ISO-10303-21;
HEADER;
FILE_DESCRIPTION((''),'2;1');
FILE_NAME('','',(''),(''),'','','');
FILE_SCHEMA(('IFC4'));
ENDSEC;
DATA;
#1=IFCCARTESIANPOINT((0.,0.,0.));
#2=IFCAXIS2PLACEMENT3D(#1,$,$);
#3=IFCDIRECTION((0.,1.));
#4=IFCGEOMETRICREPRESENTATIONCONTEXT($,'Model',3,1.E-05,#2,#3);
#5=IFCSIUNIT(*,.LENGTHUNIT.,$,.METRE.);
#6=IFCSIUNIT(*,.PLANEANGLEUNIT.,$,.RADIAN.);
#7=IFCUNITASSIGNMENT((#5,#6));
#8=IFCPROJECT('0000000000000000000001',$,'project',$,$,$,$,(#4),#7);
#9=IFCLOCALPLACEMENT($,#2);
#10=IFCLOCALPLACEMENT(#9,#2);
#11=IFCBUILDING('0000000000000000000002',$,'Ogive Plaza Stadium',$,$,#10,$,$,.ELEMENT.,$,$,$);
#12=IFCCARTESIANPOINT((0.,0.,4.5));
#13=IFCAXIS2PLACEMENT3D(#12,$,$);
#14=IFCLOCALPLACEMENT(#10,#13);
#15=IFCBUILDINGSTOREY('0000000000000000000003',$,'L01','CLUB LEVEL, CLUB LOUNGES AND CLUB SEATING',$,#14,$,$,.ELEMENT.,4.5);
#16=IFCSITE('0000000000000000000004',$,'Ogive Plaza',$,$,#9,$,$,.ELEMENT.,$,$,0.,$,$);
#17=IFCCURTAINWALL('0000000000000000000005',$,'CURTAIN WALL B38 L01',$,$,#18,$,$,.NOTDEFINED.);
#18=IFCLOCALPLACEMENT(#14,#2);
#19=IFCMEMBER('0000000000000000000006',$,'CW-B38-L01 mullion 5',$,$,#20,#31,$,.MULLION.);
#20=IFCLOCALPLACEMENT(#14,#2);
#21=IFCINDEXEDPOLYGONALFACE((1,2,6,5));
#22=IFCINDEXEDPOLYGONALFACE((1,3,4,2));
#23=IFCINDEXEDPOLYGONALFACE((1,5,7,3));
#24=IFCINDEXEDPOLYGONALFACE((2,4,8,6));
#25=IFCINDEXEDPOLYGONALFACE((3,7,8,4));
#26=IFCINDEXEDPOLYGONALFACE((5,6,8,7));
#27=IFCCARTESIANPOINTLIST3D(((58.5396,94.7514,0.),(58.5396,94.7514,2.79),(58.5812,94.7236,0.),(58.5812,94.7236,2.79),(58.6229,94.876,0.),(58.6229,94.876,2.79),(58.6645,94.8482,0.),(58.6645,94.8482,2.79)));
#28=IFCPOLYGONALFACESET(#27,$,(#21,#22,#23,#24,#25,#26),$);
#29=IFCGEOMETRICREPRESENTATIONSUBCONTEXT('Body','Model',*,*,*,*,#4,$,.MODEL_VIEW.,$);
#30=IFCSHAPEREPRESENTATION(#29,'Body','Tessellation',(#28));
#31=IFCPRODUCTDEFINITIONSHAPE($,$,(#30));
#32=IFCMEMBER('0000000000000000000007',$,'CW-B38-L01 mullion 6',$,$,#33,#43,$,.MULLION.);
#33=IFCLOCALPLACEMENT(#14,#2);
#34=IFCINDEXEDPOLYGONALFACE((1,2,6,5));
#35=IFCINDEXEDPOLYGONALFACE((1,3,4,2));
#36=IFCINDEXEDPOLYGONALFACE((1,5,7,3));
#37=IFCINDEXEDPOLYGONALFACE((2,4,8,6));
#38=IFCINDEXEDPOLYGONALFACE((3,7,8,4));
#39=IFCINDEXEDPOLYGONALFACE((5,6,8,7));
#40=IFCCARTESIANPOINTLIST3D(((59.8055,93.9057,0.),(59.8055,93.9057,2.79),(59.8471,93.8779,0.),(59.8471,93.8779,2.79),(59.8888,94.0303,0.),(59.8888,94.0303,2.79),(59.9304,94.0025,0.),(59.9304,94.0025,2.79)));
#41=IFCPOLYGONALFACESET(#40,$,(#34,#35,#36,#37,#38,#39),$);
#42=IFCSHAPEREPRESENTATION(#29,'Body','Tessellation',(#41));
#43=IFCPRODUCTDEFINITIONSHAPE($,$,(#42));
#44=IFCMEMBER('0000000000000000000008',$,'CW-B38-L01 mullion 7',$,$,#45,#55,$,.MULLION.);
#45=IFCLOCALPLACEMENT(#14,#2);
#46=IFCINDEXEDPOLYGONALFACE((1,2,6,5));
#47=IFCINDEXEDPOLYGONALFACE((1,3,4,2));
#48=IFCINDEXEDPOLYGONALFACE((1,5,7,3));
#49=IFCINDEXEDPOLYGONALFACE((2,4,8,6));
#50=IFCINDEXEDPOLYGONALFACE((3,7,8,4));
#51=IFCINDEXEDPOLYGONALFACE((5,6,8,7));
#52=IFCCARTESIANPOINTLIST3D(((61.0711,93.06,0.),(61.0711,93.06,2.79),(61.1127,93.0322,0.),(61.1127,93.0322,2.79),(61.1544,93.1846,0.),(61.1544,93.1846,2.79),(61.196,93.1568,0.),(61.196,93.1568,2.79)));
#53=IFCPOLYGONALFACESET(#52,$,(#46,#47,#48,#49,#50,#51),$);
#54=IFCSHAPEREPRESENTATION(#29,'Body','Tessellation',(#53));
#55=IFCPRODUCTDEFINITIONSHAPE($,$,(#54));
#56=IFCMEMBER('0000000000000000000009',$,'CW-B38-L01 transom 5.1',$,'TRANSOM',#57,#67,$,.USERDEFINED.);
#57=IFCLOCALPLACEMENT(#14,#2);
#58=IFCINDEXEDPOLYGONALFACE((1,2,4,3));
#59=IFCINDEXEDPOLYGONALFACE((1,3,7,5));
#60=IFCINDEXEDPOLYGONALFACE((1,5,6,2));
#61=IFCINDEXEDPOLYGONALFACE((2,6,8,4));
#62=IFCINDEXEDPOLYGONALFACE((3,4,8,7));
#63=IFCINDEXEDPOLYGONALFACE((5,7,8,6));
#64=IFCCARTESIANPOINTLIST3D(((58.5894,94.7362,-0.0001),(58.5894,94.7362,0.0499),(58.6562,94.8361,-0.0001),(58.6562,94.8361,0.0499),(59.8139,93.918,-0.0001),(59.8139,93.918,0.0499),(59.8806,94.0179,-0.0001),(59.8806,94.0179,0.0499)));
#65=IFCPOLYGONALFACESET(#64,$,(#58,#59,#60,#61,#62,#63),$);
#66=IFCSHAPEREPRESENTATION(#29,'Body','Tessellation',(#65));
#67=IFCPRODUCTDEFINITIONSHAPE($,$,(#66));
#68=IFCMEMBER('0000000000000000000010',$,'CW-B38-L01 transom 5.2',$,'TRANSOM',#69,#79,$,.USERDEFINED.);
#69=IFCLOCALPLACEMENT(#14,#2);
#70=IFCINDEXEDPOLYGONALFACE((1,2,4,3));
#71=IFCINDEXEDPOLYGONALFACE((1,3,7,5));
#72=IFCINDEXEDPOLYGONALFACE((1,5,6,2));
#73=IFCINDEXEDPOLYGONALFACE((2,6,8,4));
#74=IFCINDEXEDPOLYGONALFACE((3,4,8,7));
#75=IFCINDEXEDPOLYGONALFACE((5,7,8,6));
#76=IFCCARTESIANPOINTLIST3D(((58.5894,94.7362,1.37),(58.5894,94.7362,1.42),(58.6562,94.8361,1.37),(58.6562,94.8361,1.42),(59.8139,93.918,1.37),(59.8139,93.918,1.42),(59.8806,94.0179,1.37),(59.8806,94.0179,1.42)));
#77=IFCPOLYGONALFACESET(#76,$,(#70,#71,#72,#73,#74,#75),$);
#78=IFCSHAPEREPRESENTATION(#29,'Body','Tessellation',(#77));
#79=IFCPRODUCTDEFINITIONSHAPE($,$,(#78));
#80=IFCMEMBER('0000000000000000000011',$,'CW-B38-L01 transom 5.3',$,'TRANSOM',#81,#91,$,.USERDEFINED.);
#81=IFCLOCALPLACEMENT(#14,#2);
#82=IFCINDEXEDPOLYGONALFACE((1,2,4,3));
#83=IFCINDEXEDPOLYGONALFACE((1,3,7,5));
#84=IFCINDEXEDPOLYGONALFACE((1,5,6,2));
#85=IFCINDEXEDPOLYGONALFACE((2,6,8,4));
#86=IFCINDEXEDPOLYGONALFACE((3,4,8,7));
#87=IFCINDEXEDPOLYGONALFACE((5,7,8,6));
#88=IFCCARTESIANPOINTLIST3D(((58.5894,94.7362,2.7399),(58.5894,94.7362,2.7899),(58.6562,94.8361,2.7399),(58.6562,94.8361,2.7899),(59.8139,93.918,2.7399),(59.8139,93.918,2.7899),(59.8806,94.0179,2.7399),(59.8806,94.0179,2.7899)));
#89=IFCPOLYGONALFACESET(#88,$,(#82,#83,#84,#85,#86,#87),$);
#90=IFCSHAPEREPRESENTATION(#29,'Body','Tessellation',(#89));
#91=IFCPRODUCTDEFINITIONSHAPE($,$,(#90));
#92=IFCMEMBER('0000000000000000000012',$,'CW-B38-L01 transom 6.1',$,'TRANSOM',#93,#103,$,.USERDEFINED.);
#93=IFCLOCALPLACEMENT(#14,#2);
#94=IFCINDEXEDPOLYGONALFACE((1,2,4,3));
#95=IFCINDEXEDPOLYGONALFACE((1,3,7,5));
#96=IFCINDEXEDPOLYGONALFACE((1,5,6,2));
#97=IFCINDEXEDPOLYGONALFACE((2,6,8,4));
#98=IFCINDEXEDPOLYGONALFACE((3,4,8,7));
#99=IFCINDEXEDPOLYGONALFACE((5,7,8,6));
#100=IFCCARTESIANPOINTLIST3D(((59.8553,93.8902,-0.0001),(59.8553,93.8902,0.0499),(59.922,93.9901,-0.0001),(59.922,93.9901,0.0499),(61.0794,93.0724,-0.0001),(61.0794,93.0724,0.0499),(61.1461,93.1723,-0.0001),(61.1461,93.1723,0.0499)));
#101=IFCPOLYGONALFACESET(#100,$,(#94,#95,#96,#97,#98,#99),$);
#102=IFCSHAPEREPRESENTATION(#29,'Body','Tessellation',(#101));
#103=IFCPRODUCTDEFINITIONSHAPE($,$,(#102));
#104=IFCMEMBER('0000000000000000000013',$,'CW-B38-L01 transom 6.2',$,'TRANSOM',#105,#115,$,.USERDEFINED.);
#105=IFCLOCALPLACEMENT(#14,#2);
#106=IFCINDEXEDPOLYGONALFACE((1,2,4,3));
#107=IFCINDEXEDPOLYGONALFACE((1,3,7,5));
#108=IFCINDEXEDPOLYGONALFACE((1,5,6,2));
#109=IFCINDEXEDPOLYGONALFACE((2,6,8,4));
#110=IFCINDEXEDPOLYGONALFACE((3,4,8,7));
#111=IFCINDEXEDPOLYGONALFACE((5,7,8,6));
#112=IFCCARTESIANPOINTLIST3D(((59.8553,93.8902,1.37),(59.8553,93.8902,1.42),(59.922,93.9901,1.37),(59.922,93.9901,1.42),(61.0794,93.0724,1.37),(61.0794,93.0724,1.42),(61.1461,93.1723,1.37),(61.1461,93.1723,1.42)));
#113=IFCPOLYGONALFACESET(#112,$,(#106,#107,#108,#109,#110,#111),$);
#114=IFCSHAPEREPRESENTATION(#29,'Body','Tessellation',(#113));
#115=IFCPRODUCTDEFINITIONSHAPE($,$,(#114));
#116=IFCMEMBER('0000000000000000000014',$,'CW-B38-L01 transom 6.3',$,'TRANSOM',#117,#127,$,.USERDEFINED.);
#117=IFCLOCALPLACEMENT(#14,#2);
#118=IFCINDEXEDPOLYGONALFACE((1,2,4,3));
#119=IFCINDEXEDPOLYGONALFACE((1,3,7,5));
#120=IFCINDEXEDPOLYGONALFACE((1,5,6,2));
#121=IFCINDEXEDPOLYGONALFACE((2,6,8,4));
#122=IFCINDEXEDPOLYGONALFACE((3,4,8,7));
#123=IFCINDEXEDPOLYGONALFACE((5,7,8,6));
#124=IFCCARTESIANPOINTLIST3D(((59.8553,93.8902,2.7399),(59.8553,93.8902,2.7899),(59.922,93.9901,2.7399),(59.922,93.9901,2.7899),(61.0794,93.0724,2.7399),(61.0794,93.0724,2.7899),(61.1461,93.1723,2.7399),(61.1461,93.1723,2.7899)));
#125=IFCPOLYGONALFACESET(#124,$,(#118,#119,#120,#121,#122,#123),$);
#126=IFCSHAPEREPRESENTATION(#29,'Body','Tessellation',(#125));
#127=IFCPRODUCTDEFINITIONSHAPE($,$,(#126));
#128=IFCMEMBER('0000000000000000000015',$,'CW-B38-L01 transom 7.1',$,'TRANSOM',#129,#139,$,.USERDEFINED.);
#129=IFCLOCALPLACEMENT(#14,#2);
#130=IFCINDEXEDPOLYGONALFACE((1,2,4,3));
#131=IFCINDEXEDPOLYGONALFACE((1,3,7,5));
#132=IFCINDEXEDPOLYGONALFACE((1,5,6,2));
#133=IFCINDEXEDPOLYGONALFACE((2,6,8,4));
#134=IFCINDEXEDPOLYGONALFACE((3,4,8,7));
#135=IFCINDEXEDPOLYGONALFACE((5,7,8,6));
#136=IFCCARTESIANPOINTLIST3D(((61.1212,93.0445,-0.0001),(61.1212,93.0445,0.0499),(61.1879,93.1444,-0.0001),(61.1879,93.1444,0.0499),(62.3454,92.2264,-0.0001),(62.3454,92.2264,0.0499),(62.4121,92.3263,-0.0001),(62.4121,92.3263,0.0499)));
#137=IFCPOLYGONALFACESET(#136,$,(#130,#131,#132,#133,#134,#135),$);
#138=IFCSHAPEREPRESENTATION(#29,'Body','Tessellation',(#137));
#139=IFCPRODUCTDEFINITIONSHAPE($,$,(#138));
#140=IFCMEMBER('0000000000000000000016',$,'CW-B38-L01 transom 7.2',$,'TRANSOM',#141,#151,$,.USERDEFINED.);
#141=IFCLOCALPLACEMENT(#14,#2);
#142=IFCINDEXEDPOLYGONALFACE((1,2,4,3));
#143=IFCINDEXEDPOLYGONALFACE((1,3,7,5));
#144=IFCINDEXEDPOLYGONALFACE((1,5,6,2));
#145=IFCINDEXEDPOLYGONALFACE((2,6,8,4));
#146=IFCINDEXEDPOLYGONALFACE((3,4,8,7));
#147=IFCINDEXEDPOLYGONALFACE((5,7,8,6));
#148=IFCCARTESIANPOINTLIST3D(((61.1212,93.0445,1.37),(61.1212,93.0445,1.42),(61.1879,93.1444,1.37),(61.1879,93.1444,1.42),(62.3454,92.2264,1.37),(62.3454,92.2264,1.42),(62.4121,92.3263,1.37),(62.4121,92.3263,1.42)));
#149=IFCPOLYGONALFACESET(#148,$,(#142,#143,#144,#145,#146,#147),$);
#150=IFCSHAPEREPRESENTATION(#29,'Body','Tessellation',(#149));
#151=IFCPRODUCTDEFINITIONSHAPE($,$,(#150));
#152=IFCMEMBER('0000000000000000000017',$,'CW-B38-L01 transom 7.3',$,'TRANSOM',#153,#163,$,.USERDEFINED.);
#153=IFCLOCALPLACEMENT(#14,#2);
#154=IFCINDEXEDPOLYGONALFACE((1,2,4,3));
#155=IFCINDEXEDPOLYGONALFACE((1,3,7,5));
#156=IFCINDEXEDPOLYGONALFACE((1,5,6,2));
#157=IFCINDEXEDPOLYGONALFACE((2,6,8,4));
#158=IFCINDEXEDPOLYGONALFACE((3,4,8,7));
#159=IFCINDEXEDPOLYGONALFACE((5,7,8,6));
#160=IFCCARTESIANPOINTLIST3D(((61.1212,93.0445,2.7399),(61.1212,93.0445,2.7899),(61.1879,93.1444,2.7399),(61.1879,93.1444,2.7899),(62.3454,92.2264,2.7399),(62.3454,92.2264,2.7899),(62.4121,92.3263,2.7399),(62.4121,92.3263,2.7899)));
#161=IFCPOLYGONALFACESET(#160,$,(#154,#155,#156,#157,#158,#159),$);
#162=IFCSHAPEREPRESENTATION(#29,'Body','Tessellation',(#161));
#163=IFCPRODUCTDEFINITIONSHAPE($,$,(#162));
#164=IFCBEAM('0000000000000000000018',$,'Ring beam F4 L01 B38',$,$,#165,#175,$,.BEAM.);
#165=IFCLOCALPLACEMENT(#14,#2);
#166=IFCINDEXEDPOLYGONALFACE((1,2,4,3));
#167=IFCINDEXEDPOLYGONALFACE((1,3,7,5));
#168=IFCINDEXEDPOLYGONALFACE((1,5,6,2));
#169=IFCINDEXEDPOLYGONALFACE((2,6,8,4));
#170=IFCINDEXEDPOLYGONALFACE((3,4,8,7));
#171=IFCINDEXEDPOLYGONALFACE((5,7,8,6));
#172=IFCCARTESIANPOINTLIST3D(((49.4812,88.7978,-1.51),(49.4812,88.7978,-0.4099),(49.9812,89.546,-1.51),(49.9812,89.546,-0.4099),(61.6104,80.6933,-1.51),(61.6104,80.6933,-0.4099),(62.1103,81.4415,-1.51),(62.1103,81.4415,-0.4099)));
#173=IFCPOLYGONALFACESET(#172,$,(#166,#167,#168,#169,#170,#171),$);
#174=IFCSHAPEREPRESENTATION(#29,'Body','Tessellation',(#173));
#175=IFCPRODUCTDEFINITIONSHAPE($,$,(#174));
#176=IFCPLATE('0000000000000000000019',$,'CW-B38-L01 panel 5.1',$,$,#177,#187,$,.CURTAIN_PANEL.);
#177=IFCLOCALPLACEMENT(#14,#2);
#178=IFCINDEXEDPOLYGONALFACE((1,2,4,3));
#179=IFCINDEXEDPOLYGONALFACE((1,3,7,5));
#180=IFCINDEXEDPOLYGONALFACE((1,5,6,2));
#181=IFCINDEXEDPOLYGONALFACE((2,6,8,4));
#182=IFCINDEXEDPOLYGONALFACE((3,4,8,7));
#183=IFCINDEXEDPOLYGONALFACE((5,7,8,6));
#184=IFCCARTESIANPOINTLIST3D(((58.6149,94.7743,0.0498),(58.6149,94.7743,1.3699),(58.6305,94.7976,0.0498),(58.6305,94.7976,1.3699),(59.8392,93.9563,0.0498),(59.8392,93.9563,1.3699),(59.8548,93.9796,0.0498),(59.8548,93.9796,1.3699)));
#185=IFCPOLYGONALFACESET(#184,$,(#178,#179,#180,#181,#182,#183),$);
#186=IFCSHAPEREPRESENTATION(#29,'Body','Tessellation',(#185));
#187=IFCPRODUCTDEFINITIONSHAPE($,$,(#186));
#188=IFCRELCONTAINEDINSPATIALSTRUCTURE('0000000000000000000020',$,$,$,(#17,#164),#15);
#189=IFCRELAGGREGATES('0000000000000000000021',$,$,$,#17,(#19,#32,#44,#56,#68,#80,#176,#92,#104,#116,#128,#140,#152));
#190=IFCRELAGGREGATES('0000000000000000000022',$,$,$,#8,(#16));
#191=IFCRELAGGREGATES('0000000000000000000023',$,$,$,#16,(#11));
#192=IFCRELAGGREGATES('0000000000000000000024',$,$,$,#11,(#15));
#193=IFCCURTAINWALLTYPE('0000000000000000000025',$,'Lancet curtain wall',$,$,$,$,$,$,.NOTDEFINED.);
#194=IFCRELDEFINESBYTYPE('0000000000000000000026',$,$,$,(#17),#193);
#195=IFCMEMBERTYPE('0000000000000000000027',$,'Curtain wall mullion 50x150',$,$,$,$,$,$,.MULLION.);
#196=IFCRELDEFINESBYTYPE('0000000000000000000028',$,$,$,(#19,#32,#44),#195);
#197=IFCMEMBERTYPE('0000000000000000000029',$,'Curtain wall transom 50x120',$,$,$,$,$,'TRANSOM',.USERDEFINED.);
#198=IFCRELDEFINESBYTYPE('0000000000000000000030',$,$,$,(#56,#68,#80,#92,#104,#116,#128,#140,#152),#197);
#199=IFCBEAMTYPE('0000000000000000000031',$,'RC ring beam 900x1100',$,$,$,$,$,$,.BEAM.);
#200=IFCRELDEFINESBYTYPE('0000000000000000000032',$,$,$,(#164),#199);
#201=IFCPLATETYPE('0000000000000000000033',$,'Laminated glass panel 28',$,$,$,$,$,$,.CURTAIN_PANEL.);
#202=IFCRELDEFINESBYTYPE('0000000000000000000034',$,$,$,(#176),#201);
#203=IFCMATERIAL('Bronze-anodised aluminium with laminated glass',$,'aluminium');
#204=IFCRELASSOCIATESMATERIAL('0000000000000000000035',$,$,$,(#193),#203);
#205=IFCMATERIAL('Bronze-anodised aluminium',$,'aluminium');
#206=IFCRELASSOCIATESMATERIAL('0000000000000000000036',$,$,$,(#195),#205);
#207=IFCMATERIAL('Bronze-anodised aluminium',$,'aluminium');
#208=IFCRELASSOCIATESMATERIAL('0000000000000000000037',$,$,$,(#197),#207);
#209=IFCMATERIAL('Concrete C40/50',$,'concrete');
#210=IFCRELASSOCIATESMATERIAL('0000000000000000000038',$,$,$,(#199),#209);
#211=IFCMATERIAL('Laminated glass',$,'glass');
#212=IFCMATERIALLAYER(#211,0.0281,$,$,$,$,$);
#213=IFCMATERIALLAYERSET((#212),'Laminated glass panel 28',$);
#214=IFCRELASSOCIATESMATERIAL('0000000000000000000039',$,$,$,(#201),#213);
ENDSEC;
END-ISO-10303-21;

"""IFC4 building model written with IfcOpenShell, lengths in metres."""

from ifc_helpers import new_model, si_unit, direction, frame, origin, origin_2d, place, context, subcontext, project, spatial, rectangle, extrude, material, layer, layer_set, material_profile, profile_set, type_object, element, aggregate, save


model = new_model("IFC4")

# Units and contexts
model_context = context("Model", 3, precision=1e-05, world=origin(), true_north=direction((0.0, 1.0)))
body_context = subcontext(model_context, "Body", "Model", "MODEL_VIEW")
ifc_project = project(units=[si_unit("LENGTHUNIT", "METRE"), si_unit("PLANEANGLEUNIT", "RADIAN")], contexts=[model_context])

# Site, building, storey
site_placement = place(None, origin())
site = spatial("IfcSite", under=ifc_project, at=site_placement, Name="Ogive Plaza", CompositionType="ELEMENT", RefElevation=0.0)
building_placement = place(site_placement, origin())
building = spatial("IfcBuilding", under=site, at=building_placement, Name="Ogive Plaza Stadium", CompositionType="ELEMENT")
storey_placement = place(building_placement, frame((0.0, 0.0, 4.5)))
storey = spatial("IfcBuildingStorey", under=building, at=storey_placement, Name="L01", Description="CLUB LEVEL, CLUB LOUNGES AND CLUB SEATING", CompositionType="ELEMENT", Elevation=4.5)

# Curtain wall, members
ifc_material_1 = material(Name="Bronze-anodised aluminium with laminated glass", Category="aluminium")
curtain_wall_type = type_object("IfcCurtainWallType", Name="Lancet curtain wall", PredefinedType="NOTDEFINED", material=ifc_material_1)
curtain_wall_placement = place(storey_placement, origin())
curtain_wall = element("IfcCurtainWall", 1, at=curtain_wall_placement, inside=storey, type_object=curtain_wall_type, Name="CURTAIN WALL B38 L01", PredefinedType="NOTDEFINED")
ifc_material_2 = material(Name="Bronze-anodised aluminium", Category="aluminium")
ifc_material_profile_1 = material_profile(ifc_material_2, rectangle(XDim=0.1499, YDim=0.05, at=origin_2d()), Name="AL 150x50")
ifc_profile_set_1 = profile_set([ifc_material_profile_1], Name="Bronze-anodised aluminium")
member_type_1 = type_object("IfcMemberType", Name="Curtain wall mullion 50x150", PredefinedType="MULLION", material=ifc_profile_set_1)
member_1_placement = place(storey_placement, frame((58.6021, 94.7998, 0.0), z_axis=(0.0, 0.0, 1.0), x_axis=(0.55557, 0.83147, 0.0)))
member_1 = element("IfcMember", 2, at=member_1_placement, type_object=member_type_1, Name="CW-B38-L01 mullion 5", PredefinedType="MULLION", context=body_context, shape_type="SweptSolid", body=[
    extrude(rectangle(XDim=0.1499, YDim=0.05, at=origin_2d()), origin(), (0.0, 0.0, 1.0), 2.79),
])
member_2_placement = place(storey_placement, frame((59.8679, 93.9541, 0.0), z_axis=(0.0, 0.0, 1.0), x_axis=(0.55557, 0.83147, 0.0)))
member_2 = element("IfcMember", 3, at=member_2_placement, type_object=member_type_1, Name="CW-B38-L01 mullion 6", PredefinedType="MULLION", context=body_context, shape_type="SweptSolid", body=[
    extrude(rectangle(XDim=0.1499, YDim=0.05, at=origin_2d()), origin(), (0.0, 0.0, 1.0), 2.79),
])
member_3_placement = place(storey_placement, frame((61.1335, 93.1084, 0.0), z_axis=(0.0, 0.0, 1.0), x_axis=(0.55557, 0.83147, 0.0)))
member_3 = element("IfcMember", 4, at=member_3_placement, type_object=member_type_1, Name="CW-B38-L01 mullion 7", PredefinedType="MULLION", context=body_context, shape_type="SweptSolid", body=[
    extrude(rectangle(XDim=0.1499, YDim=0.05, at=origin_2d()), origin(), (0.0, 0.0, 1.0), 2.79),
])
ifc_material_3 = material(Name="Bronze-anodised aluminium", Category="aluminium")
ifc_material_profile_2 = material_profile(ifc_material_3, rectangle(XDim=0.1201, YDim=0.05, at=origin_2d()), Name="AL 120x50")
ifc_profile_set_2 = profile_set([ifc_material_profile_2], Name="Bronze-anodised aluminium")
member_type_2 = type_object("IfcMemberType", Name="Curtain wall transom 50x120", ElementType="TRANSOM", PredefinedType="USERDEFINED", material=ifc_profile_set_2)
member_4_placement = place(storey_placement, frame((58.6228, 94.7861, 0.0249), z_axis=(0.831463, -0.55558, 0.0), x_axis=(0.55558, 0.831463, 0.0)))
member_4 = element("IfcMember", 5, at=member_4_placement, type_object=member_type_2, Name="CW-B38-L01 transom 5.1", ObjectType="TRANSOM", PredefinedType="USERDEFINED", context=body_context, shape_type="SweptSolid", body=[
    extrude(rectangle(XDim=0.1201, YDim=0.05, at=origin_2d()), origin(), (0.0, 0.0, 1.0), 1.4727),
])
member_5_placement = place(storey_placement, frame((58.6228, 94.7861, 1.395), z_axis=(0.831463, -0.55558, 0.0), x_axis=(0.55558, 0.831463, 0.0)))
member_5 = element("IfcMember", 6, at=member_5_placement, type_object=member_type_2, Name="CW-B38-L01 transom 5.2", ObjectType="TRANSOM", PredefinedType="USERDEFINED", context=body_context, shape_type="SweptSolid", body=[
    extrude(rectangle(XDim=0.1201, YDim=0.05, at=origin_2d()), origin(), (0.0, 0.0, 1.0), 1.4727),
])
member_6_placement = place(storey_placement, frame((58.6228, 94.7861, 2.7649), z_axis=(0.831463, -0.55558, 0.0), x_axis=(0.55558, 0.831463, 0.0)))
member_6 = element("IfcMember", 7, at=member_6_placement, type_object=member_type_2, Name="CW-B38-L01 transom 5.3", ObjectType="TRANSOM", PredefinedType="USERDEFINED", context=body_context, shape_type="SweptSolid", body=[
    extrude(rectangle(XDim=0.1201, YDim=0.05, at=origin_2d()), origin(), (0.0, 0.0, 1.0), 1.4727),
])
member_7_placement = place(storey_placement, frame((59.8887, 93.9402, 0.0249), z_axis=(0.831489, -0.555542, 0.0), x_axis=(0.555542, 0.831489, 0.0)))
member_7 = element("IfcMember", 8, at=member_7_placement, type_object=member_type_2, Name="CW-B38-L01 transom 6.1", ObjectType="TRANSOM", PredefinedType="USERDEFINED", context=body_context, shape_type="SweptSolid", body=[
    extrude(rectangle(XDim=0.1201, YDim=0.05, at=origin_2d()), origin(), (0.0, 0.0, 1.0), 1.4722),
])
member_8_placement = place(storey_placement, frame((59.8887, 93.9402, 1.395), z_axis=(0.831489, -0.555542, 0.0), x_axis=(0.555542, 0.831489, 0.0)))
member_8 = element("IfcMember", 9, at=member_8_placement, type_object=member_type_2, Name="CW-B38-L01 transom 6.2", ObjectType="TRANSOM", PredefinedType="USERDEFINED", context=body_context, shape_type="SweptSolid", body=[
    extrude(rectangle(XDim=0.1201, YDim=0.05, at=origin_2d()), origin(), (0.0, 0.0, 1.0), 1.4722),
])
member_9_placement = place(storey_placement, frame((59.8887, 93.9402, 2.7649), z_axis=(0.831489, -0.555542, 0.0), x_axis=(0.555542, 0.831489, 0.0)))
member_9 = element("IfcMember", 10, at=member_9_placement, type_object=member_type_2, Name="CW-B38-L01 transom 6.3", ObjectType="TRANSOM", PredefinedType="USERDEFINED", context=body_context, shape_type="SweptSolid", body=[
    extrude(rectangle(XDim=0.1201, YDim=0.05, at=origin_2d()), origin(), (0.0, 0.0, 1.0), 1.4722),
])
member_10_placement = place(storey_placement, frame((61.1545, 93.0945, 0.0249), z_axis=(0.831412, -0.555656, 0.0), x_axis=(0.555656, 0.831412, 0.0)))
member_10 = element("IfcMember", 11, at=member_10_placement, type_object=member_type_2, Name="CW-B38-L01 transom 7.1", ObjectType="TRANSOM", PredefinedType="USERDEFINED", context=body_context, shape_type="SweptSolid", body=[
    extrude(rectangle(XDim=0.1201, YDim=0.05, at=origin_2d()), origin(), (0.0, 0.0, 1.0), 1.4724),
])
member_11_placement = place(storey_placement, frame((61.1545, 93.0945, 1.395), z_axis=(0.831412, -0.555656, 0.0), x_axis=(0.555656, 0.831412, 0.0)))
member_11 = element("IfcMember", 12, at=member_11_placement, type_object=member_type_2, Name="CW-B38-L01 transom 7.2", ObjectType="TRANSOM", PredefinedType="USERDEFINED", context=body_context, shape_type="SweptSolid", body=[
    extrude(rectangle(XDim=0.1201, YDim=0.05, at=origin_2d()), origin(), (0.0, 0.0, 1.0), 1.4724),
])
member_12_placement = place(storey_placement, frame((61.1545, 93.0945, 2.7649), z_axis=(0.831412, -0.555656, 0.0), x_axis=(0.555656, 0.831412, 0.0)))
member_12 = element("IfcMember", 13, at=member_12_placement, type_object=member_type_2, Name="CW-B38-L01 transom 7.3", ObjectType="TRANSOM", PredefinedType="USERDEFINED", context=body_context, shape_type="SweptSolid", body=[
    extrude(rectangle(XDim=0.1201, YDim=0.05, at=origin_2d()), origin(), (0.0, 0.0, 1.0), 1.4724),
])

# Beam
ifc_material_4 = material(Name="Concrete C40/50", Category="concrete")
ifc_material_profile_3 = material_profile(ifc_material_4, rectangle(XDim=0.8999, YDim=1.1001, at=origin_2d()), Name="RC 900x1100")
ifc_profile_set_3 = profile_set([ifc_material_profile_3], Name="Concrete C40/50")
beam_type = type_object("IfcBeamType", Name="RC ring beam 900x1100", PredefinedType="BEAM", material=ifc_profile_set_3)
beam_placement = place(storey_placement, frame((49.7312, 89.1719, -0.96), z_axis=(0.831468, -0.555573, 0.0), x_axis=(0.555573, 0.831468, 0.0)))
element("IfcBeam", 14, at=beam_placement, inside=storey, type_object=beam_type, Name="Ring beam F4 L01 B38", PredefinedType="BEAM", context=body_context, shape_type="SweptSolid", body=[
    extrude(rectangle(XDim=0.8999, YDim=1.1001, at=origin_2d()), origin(), (0.0, 0.0, 1.0), 14.5876),
])

# Plate
ifc_material_5 = material(Name="Laminated glass", Category="glass")
ifc_layer_1 = layer(ifc_material_5, 0.0281)
ifc_layer_set_1 = layer_set([ifc_layer_1], Name="Laminated glass panel 28")
plate_type = type_object("IfcPlateType", Name="Laminated glass panel 28", PredefinedType="CURTAIN_PANEL", material=ifc_layer_set_1)
plate_1_placement = place(storey_placement, frame((59.2349, 94.377, 0.0498), z_axis=(0.0, 0.0, 1.0), x_axis=(0.83147, -0.55557, 0.0)))
plate_1 = element("IfcPlate", 15, at=plate_1_placement, type_object=plate_type, Name="CW-B38-L01 panel 5.1", PredefinedType="CURTAIN_PANEL", context=body_context, shape_type="SweptSolid", body=[
    extrude(rectangle(XDim=1.4724, YDim=0.0281, at=origin_2d()), origin(), (0.0, 0.0, 1.0), 1.3201),
])
aggregate(curtain_wall, [member_1, member_2, member_3, member_4, member_5, member_6, plate_1, member_7, member_8, member_9, member_10, member_11, member_12])

save(model, "model.ifc")
